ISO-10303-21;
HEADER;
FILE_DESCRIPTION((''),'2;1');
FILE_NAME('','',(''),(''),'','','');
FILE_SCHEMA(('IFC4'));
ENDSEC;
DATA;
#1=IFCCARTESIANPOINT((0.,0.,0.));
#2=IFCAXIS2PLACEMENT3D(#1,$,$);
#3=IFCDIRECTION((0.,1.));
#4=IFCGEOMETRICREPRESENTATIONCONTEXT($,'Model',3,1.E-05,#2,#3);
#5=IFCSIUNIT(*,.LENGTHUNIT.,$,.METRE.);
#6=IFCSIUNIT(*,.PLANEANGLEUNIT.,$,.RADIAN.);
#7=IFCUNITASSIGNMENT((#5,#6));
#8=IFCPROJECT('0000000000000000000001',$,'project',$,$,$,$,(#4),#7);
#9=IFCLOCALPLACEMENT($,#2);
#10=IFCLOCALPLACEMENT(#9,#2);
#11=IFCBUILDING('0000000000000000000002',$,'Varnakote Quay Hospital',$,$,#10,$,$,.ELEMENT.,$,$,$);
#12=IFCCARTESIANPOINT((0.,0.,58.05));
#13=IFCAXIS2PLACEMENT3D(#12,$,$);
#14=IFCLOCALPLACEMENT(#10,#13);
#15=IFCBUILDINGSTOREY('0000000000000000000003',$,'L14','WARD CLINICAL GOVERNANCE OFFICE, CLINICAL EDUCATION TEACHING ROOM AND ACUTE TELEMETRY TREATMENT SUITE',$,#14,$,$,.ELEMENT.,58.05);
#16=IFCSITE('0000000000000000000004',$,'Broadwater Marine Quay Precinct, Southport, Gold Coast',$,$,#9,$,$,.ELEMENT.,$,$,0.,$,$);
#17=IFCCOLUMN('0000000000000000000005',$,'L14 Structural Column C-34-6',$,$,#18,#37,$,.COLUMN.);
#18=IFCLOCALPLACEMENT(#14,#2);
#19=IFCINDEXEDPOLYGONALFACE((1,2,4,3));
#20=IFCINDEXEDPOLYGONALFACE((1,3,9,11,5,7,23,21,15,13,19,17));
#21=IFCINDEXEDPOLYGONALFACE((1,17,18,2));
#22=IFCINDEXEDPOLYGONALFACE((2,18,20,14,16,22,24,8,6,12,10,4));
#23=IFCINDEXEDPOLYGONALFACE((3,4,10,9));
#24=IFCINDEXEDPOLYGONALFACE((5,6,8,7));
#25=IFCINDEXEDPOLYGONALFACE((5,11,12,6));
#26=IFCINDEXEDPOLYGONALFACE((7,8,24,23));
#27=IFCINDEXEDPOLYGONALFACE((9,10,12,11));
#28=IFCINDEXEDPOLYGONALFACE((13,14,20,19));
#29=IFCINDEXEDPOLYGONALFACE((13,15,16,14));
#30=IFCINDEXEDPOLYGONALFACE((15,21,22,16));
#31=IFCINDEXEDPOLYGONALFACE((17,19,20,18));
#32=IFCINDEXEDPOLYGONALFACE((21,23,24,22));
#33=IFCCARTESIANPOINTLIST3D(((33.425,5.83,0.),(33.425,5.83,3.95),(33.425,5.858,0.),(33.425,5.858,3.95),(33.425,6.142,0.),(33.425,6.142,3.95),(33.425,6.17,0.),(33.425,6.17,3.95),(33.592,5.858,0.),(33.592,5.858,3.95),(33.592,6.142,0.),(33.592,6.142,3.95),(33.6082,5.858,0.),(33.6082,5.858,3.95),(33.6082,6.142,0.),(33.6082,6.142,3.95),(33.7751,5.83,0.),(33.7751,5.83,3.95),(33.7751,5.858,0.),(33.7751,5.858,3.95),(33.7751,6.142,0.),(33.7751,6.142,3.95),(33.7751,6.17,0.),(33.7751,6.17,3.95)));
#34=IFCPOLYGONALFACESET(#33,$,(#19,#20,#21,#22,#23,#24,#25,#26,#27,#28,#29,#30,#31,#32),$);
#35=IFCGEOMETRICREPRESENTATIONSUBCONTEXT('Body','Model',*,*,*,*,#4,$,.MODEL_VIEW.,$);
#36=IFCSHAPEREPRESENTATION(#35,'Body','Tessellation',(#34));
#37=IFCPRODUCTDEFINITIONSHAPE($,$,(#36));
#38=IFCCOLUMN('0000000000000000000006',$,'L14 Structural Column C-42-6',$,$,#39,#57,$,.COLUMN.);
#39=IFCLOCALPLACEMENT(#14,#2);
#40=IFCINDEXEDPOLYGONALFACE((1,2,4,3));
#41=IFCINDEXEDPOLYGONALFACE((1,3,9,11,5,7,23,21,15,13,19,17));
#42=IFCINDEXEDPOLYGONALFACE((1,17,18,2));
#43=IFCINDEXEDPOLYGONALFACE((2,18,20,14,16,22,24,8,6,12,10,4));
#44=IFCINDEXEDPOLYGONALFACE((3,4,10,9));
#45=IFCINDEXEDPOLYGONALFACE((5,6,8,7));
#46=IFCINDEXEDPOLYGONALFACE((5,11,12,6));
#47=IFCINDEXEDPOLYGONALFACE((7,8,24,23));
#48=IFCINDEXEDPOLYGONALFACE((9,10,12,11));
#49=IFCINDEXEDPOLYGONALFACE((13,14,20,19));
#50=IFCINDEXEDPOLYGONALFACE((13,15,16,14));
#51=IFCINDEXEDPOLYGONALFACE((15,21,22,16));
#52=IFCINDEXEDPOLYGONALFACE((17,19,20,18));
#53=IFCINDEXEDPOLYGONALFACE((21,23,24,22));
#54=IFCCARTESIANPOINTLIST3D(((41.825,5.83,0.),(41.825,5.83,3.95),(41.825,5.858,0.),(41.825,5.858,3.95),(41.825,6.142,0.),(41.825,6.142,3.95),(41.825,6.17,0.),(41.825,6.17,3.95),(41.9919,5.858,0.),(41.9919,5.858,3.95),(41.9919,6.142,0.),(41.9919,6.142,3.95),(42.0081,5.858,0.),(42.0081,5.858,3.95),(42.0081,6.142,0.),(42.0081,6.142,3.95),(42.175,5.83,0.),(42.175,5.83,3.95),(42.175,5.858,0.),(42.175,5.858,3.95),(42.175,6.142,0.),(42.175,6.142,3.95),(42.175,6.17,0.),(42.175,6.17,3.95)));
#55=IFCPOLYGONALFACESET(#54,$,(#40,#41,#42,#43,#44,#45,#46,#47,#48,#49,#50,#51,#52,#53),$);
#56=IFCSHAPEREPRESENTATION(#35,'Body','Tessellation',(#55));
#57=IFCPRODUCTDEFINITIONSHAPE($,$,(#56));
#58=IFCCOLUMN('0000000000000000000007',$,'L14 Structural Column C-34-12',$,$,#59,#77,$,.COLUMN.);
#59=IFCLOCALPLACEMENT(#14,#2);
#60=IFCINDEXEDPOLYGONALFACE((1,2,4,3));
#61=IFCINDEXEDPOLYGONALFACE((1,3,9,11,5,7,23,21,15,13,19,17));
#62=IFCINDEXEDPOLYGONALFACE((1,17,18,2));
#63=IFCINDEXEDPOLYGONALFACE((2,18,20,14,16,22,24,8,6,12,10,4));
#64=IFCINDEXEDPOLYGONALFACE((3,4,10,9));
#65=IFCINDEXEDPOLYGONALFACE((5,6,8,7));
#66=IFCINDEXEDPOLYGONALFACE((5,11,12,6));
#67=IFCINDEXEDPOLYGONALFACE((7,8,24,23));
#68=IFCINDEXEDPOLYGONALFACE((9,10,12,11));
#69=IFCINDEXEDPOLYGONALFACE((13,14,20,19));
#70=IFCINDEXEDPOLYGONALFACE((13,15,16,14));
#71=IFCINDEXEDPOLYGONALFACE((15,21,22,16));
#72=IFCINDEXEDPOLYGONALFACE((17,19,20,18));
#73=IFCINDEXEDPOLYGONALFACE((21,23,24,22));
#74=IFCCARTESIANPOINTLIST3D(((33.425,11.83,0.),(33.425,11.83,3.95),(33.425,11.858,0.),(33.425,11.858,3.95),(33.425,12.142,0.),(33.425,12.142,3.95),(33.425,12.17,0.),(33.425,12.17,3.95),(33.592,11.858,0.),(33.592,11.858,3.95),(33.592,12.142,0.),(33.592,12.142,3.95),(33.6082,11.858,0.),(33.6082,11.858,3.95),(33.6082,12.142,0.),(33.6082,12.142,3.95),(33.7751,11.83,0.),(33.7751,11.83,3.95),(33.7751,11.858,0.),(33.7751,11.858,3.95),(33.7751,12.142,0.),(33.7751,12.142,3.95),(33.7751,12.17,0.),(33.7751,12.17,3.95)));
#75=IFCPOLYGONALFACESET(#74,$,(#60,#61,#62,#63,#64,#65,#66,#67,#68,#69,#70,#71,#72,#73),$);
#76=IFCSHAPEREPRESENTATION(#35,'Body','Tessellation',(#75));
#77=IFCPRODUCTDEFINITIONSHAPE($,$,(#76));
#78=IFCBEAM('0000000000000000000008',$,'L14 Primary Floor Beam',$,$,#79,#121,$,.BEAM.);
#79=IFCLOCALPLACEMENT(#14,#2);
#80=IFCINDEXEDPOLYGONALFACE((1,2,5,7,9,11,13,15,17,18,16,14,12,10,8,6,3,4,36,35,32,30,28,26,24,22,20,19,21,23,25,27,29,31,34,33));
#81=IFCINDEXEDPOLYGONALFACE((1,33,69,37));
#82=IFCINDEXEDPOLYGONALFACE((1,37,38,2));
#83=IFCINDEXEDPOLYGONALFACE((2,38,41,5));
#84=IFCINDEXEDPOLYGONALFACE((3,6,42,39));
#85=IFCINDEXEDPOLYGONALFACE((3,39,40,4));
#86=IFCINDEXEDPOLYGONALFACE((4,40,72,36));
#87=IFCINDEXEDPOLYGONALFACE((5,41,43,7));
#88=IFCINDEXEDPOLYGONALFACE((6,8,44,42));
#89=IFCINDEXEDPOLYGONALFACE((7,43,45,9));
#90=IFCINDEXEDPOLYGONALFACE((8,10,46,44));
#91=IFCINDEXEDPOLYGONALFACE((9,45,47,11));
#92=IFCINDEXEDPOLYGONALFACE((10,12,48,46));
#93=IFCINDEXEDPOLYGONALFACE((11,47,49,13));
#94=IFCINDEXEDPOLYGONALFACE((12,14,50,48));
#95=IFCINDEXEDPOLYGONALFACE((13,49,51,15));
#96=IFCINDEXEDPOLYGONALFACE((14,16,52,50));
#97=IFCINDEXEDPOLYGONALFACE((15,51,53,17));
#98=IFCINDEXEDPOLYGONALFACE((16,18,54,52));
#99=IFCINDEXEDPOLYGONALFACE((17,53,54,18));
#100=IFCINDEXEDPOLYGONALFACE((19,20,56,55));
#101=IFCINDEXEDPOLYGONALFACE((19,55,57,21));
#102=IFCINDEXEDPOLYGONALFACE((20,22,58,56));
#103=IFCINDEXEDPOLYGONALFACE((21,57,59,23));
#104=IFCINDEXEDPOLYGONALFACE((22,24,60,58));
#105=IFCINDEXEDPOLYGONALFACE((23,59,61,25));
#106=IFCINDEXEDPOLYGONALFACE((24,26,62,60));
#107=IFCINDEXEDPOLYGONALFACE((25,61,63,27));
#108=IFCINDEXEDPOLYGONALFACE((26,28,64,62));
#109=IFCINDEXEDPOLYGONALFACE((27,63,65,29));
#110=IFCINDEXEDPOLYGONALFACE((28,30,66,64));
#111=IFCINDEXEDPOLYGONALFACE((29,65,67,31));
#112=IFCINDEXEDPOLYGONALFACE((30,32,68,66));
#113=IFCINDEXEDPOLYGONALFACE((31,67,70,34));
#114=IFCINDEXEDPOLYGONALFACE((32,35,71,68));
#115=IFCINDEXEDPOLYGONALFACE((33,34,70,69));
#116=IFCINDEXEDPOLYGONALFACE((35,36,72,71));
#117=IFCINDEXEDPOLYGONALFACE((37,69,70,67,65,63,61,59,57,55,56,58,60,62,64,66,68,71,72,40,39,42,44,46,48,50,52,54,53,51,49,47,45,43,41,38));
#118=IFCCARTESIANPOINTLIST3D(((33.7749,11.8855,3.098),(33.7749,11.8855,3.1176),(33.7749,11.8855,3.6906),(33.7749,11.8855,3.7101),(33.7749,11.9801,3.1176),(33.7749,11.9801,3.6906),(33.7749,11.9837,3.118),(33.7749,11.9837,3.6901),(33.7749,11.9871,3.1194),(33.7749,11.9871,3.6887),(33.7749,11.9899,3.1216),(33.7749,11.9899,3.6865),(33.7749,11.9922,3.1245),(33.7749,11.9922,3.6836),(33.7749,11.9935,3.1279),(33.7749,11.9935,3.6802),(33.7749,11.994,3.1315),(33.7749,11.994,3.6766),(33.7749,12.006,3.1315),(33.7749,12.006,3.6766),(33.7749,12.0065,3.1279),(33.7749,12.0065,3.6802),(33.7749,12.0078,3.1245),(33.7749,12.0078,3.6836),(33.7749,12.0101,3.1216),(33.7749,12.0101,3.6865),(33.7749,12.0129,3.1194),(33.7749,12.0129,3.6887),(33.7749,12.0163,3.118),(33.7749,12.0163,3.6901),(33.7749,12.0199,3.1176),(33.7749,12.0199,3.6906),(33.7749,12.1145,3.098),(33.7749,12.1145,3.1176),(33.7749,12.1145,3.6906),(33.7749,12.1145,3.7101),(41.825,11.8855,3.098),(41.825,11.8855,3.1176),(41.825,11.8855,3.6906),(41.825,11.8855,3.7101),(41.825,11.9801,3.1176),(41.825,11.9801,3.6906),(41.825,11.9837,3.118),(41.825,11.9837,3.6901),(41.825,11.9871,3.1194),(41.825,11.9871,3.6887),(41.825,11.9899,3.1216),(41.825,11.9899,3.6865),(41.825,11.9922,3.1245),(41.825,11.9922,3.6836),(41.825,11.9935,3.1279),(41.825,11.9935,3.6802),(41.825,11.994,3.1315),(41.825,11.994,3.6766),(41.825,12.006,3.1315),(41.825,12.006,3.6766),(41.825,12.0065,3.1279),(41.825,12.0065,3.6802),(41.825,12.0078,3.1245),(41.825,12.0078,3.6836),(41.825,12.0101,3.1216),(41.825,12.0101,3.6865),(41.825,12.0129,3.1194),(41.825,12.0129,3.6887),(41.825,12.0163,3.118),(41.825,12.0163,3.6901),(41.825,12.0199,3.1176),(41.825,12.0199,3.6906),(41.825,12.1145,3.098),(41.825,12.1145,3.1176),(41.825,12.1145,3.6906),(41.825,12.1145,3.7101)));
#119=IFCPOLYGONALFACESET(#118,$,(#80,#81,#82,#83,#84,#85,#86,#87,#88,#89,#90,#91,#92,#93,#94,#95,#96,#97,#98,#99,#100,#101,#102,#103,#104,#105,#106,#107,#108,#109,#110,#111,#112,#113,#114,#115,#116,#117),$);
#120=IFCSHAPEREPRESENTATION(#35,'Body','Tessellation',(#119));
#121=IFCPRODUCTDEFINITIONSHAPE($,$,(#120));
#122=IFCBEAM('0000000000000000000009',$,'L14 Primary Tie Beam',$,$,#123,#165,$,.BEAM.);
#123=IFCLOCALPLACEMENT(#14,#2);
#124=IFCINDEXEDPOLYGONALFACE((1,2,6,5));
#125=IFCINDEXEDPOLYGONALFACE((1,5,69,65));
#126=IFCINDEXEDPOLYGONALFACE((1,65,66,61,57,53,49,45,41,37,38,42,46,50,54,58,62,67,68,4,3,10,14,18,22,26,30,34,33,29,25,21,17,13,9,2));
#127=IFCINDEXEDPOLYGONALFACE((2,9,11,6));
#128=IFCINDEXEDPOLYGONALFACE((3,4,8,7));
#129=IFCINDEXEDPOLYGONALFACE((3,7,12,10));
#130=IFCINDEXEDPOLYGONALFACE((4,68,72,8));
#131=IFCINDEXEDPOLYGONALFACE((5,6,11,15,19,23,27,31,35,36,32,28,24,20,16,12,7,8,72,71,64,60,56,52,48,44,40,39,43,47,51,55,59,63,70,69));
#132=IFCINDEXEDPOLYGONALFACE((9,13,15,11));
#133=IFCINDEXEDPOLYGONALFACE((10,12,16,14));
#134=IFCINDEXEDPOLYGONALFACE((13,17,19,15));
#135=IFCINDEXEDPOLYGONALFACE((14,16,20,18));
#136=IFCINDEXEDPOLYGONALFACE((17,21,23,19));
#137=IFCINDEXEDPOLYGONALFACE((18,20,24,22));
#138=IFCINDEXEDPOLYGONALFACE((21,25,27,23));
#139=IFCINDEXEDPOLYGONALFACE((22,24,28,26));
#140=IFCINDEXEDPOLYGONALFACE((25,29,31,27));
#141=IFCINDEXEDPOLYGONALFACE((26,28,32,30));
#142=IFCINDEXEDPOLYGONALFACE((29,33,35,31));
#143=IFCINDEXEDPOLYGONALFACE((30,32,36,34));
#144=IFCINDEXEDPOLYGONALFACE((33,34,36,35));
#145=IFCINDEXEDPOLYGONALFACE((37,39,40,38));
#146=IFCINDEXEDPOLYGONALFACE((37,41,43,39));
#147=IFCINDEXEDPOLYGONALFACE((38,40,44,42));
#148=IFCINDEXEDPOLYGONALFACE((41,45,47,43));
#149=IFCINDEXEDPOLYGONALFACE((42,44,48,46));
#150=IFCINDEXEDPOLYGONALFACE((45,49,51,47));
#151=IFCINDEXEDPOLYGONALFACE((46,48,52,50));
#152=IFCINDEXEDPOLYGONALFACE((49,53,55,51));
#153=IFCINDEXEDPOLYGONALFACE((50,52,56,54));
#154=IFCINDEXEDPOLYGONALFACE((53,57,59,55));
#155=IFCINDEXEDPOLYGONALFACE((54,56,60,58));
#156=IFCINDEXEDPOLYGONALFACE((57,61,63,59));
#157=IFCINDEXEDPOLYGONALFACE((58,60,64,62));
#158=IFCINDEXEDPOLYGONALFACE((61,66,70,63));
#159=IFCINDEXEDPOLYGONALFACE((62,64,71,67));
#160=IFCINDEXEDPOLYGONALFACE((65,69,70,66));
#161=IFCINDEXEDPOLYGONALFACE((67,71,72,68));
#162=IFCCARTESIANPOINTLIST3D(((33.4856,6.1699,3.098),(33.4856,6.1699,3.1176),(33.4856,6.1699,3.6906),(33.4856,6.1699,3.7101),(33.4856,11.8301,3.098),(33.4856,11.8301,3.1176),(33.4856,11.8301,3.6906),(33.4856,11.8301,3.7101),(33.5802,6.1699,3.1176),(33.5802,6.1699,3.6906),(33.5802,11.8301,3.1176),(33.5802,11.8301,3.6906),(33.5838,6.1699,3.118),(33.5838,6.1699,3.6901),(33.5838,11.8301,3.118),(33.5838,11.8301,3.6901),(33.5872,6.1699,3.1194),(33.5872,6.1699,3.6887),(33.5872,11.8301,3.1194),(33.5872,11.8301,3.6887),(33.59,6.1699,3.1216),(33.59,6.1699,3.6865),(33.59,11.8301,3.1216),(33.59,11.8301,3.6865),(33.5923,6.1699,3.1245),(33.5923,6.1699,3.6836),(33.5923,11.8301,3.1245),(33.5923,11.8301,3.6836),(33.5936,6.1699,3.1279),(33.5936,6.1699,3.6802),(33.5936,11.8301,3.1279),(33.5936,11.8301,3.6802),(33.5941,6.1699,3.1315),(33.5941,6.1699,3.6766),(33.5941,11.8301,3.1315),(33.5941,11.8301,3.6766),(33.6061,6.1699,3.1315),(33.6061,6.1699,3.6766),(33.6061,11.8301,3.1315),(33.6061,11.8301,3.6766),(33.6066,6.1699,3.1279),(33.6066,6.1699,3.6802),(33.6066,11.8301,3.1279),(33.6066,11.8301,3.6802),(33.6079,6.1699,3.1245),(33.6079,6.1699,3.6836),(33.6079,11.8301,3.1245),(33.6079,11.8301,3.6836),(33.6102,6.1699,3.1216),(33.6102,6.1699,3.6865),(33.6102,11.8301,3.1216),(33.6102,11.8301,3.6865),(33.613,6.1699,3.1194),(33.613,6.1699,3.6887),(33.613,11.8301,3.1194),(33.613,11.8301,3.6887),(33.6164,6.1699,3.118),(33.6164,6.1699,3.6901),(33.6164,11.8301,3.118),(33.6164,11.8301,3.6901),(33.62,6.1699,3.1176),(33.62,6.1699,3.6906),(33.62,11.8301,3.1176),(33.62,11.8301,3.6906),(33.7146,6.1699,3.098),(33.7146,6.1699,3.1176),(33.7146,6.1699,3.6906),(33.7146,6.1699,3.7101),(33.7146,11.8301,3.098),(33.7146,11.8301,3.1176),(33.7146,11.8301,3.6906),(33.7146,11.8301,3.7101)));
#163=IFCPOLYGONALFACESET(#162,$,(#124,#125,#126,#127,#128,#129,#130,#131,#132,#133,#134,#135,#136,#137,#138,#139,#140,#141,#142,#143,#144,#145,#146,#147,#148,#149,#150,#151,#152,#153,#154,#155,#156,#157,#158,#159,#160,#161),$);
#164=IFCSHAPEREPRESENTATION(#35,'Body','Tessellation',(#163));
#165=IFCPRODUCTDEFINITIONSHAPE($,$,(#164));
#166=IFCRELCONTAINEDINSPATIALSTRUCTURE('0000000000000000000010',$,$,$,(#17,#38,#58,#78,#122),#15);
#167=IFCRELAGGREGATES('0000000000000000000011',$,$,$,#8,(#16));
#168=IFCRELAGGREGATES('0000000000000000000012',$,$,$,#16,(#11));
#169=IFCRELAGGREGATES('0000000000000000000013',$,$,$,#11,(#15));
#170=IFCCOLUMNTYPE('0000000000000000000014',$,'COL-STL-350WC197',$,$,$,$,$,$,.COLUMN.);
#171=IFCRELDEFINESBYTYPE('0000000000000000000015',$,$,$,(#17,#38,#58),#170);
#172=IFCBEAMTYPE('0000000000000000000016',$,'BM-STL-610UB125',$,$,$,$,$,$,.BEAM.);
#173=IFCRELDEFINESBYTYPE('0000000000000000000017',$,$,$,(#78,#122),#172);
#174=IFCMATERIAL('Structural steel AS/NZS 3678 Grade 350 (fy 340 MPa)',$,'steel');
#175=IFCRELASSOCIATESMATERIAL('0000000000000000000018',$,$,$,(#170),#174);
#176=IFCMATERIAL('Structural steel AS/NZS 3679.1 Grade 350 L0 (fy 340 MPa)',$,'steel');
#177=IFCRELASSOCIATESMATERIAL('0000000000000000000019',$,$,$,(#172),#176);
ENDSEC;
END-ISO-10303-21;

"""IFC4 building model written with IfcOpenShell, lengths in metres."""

from ifc_helpers import new_model, si_unit, direction, frame, origin, origin_2d, place, context, subcontext, project, spatial, i_section, extrude, material, material_profile, profile_set, type_object, element, save


model = new_model("IFC4")

# Units and contexts
model_context = context("Model", 3, precision=1e-05, world=origin(), true_north=direction((0.0, 1.0)))
body_context = subcontext(model_context, "Body", "Model", "MODEL_VIEW")
ifc_project = project(units=[si_unit("LENGTHUNIT", "METRE"), si_unit("PLANEANGLEUNIT", "RADIAN")], contexts=[model_context])

# Site, building, storey
site_placement = place(None, origin())
site = spatial("IfcSite", under=ifc_project, at=site_placement, Name="Broadwater Marine Quay Precinct, Southport, Gold Coast", CompositionType="ELEMENT", RefElevation=0.0)
building_placement = place(site_placement, origin())
building = spatial("IfcBuilding", under=site, at=building_placement, Name="Varnakote Quay Hospital", CompositionType="ELEMENT")
storey_placement = place(building_placement, frame((0.0, 0.0, 58.05)))
storey = spatial("IfcBuildingStorey", under=building, at=storey_placement, Name="L14", Description="WARD CLINICAL GOVERNANCE OFFICE, CLINICAL EDUCATION TEACHING ROOM AND ACUTE TELEMETRY TREATMENT SUITE", CompositionType="ELEMENT", Elevation=58.05)

# Columns
ifc_material_1 = material(Name="Structural steel AS/NZS 3678 Grade 350 (fy 340 MPa)", Category="steel")
ifc_material_profile_1 = material_profile(ifc_material_1, i_section(OverallWidth=0.3501, OverallDepth=0.3401, WebThickness=0.0161, FlangeThickness=0.0281, at=origin_2d()), Name="350WC197")
ifc_profile_set_1 = profile_set([ifc_material_profile_1], Name="Structural steel AS/NZS 3678 Grade 350 (fy 340 MPa)")
column_type = type_object("IfcColumnType", Name="COL-STL-350WC197", PredefinedType="COLUMN", material=ifc_profile_set_1)
for number, where, z_axis, x_axis, name in (
    (1, (33.6001, 6.0, 0.0), (0.0, 0.0, 1.0), (1.0, 0.0, 0.0), "L14 Structural Column C-34-6"),
    (2, (42.0, 6.0, 0.0), (0.0, 0.0, 1.0), (1.0, 0.0, 0.0), "L14 Structural Column C-42-6"),
    (3, (33.6001, 12.0, 0.0), (0.0, 0.0, 1.0), (1.0, 0.0, 0.0), "L14 Structural Column C-34-12"),
):
    element("IfcColumn", number, at=place(storey_placement, frame(where, z_axis=z_axis, x_axis=x_axis)), inside=storey, type_object=column_type, Name=name, PredefinedType="COLUMN", context=body_context, shape_type="SweptSolid", body=[
        extrude(i_section(OverallWidth=0.3501, OverallDepth=0.3401, WebThickness=0.0161, FlangeThickness=0.0281, at=origin_2d()), origin(), (0.0, 0.0, 1.0), 3.95),
    ])

# Beams
ifc_material_2 = material(Name="Structural steel AS/NZS 3679.1 Grade 350 L0 (fy 340 MPa)", Category="steel")
ifc_material_profile_2 = material_profile(ifc_material_2, i_section(OverallWidth=0.229, OverallDepth=0.6121, WebThickness=0.012, FlangeThickness=0.0195, FilletRadius=0.0139, at=origin_2d()), Name="610UB125")
ifc_profile_set_2 = profile_set([ifc_material_profile_2], Name="Structural steel AS/NZS 3679.1 Grade 350 L0 (fy 340 MPa)")
beam_type_1 = type_object("IfcBeamType", Name="BM-STL-610UB125", PredefinedType="BEAM", material=ifc_profile_set_2)
beam_1_placement = place(storey_placement, frame((33.7749, 12.0, 3.4041), z_axis=(1.0, 0.0, 0.0), x_axis=(0.0, 1.0, 0.0)))
element("IfcBeam", 4, at=beam_1_placement, inside=storey, type_object=beam_type_1, Name="L14 Primary Floor Beam", PredefinedType="BEAM", context=body_context, shape_type="SweptSolid", body=[
    extrude(i_section(OverallWidth=0.229, OverallDepth=0.6121, WebThickness=0.012, FlangeThickness=0.0195, FilletRadius=0.0139, at=origin_2d()), origin(), (0.0, 0.0, 1.0), 8.05),
])
for number, where, z_axis, x_axis, name in (
    (5, (33.6001, 6.1699, 3.4041), (0.0, 1.0, 0.0), (-1.0, 0.0, 0.0), "L14 Primary Tie Beam"),
):
    element("IfcBeam", number, at=place(storey_placement, frame(where, z_axis=z_axis, x_axis=x_axis)), inside=storey, type_object=beam_type_1, Name=name, PredefinedType="BEAM", context=body_context, shape_type="SweptSolid", body=[
        extrude(i_section(OverallWidth=0.229, OverallDepth=0.6121, WebThickness=0.012, FlangeThickness=0.0195, FilletRadius=0.0139, at=origin_2d()), origin(), (0.0, 0.0, 1.0), 5.6602),
    ])

save(model, "model.ifc")
